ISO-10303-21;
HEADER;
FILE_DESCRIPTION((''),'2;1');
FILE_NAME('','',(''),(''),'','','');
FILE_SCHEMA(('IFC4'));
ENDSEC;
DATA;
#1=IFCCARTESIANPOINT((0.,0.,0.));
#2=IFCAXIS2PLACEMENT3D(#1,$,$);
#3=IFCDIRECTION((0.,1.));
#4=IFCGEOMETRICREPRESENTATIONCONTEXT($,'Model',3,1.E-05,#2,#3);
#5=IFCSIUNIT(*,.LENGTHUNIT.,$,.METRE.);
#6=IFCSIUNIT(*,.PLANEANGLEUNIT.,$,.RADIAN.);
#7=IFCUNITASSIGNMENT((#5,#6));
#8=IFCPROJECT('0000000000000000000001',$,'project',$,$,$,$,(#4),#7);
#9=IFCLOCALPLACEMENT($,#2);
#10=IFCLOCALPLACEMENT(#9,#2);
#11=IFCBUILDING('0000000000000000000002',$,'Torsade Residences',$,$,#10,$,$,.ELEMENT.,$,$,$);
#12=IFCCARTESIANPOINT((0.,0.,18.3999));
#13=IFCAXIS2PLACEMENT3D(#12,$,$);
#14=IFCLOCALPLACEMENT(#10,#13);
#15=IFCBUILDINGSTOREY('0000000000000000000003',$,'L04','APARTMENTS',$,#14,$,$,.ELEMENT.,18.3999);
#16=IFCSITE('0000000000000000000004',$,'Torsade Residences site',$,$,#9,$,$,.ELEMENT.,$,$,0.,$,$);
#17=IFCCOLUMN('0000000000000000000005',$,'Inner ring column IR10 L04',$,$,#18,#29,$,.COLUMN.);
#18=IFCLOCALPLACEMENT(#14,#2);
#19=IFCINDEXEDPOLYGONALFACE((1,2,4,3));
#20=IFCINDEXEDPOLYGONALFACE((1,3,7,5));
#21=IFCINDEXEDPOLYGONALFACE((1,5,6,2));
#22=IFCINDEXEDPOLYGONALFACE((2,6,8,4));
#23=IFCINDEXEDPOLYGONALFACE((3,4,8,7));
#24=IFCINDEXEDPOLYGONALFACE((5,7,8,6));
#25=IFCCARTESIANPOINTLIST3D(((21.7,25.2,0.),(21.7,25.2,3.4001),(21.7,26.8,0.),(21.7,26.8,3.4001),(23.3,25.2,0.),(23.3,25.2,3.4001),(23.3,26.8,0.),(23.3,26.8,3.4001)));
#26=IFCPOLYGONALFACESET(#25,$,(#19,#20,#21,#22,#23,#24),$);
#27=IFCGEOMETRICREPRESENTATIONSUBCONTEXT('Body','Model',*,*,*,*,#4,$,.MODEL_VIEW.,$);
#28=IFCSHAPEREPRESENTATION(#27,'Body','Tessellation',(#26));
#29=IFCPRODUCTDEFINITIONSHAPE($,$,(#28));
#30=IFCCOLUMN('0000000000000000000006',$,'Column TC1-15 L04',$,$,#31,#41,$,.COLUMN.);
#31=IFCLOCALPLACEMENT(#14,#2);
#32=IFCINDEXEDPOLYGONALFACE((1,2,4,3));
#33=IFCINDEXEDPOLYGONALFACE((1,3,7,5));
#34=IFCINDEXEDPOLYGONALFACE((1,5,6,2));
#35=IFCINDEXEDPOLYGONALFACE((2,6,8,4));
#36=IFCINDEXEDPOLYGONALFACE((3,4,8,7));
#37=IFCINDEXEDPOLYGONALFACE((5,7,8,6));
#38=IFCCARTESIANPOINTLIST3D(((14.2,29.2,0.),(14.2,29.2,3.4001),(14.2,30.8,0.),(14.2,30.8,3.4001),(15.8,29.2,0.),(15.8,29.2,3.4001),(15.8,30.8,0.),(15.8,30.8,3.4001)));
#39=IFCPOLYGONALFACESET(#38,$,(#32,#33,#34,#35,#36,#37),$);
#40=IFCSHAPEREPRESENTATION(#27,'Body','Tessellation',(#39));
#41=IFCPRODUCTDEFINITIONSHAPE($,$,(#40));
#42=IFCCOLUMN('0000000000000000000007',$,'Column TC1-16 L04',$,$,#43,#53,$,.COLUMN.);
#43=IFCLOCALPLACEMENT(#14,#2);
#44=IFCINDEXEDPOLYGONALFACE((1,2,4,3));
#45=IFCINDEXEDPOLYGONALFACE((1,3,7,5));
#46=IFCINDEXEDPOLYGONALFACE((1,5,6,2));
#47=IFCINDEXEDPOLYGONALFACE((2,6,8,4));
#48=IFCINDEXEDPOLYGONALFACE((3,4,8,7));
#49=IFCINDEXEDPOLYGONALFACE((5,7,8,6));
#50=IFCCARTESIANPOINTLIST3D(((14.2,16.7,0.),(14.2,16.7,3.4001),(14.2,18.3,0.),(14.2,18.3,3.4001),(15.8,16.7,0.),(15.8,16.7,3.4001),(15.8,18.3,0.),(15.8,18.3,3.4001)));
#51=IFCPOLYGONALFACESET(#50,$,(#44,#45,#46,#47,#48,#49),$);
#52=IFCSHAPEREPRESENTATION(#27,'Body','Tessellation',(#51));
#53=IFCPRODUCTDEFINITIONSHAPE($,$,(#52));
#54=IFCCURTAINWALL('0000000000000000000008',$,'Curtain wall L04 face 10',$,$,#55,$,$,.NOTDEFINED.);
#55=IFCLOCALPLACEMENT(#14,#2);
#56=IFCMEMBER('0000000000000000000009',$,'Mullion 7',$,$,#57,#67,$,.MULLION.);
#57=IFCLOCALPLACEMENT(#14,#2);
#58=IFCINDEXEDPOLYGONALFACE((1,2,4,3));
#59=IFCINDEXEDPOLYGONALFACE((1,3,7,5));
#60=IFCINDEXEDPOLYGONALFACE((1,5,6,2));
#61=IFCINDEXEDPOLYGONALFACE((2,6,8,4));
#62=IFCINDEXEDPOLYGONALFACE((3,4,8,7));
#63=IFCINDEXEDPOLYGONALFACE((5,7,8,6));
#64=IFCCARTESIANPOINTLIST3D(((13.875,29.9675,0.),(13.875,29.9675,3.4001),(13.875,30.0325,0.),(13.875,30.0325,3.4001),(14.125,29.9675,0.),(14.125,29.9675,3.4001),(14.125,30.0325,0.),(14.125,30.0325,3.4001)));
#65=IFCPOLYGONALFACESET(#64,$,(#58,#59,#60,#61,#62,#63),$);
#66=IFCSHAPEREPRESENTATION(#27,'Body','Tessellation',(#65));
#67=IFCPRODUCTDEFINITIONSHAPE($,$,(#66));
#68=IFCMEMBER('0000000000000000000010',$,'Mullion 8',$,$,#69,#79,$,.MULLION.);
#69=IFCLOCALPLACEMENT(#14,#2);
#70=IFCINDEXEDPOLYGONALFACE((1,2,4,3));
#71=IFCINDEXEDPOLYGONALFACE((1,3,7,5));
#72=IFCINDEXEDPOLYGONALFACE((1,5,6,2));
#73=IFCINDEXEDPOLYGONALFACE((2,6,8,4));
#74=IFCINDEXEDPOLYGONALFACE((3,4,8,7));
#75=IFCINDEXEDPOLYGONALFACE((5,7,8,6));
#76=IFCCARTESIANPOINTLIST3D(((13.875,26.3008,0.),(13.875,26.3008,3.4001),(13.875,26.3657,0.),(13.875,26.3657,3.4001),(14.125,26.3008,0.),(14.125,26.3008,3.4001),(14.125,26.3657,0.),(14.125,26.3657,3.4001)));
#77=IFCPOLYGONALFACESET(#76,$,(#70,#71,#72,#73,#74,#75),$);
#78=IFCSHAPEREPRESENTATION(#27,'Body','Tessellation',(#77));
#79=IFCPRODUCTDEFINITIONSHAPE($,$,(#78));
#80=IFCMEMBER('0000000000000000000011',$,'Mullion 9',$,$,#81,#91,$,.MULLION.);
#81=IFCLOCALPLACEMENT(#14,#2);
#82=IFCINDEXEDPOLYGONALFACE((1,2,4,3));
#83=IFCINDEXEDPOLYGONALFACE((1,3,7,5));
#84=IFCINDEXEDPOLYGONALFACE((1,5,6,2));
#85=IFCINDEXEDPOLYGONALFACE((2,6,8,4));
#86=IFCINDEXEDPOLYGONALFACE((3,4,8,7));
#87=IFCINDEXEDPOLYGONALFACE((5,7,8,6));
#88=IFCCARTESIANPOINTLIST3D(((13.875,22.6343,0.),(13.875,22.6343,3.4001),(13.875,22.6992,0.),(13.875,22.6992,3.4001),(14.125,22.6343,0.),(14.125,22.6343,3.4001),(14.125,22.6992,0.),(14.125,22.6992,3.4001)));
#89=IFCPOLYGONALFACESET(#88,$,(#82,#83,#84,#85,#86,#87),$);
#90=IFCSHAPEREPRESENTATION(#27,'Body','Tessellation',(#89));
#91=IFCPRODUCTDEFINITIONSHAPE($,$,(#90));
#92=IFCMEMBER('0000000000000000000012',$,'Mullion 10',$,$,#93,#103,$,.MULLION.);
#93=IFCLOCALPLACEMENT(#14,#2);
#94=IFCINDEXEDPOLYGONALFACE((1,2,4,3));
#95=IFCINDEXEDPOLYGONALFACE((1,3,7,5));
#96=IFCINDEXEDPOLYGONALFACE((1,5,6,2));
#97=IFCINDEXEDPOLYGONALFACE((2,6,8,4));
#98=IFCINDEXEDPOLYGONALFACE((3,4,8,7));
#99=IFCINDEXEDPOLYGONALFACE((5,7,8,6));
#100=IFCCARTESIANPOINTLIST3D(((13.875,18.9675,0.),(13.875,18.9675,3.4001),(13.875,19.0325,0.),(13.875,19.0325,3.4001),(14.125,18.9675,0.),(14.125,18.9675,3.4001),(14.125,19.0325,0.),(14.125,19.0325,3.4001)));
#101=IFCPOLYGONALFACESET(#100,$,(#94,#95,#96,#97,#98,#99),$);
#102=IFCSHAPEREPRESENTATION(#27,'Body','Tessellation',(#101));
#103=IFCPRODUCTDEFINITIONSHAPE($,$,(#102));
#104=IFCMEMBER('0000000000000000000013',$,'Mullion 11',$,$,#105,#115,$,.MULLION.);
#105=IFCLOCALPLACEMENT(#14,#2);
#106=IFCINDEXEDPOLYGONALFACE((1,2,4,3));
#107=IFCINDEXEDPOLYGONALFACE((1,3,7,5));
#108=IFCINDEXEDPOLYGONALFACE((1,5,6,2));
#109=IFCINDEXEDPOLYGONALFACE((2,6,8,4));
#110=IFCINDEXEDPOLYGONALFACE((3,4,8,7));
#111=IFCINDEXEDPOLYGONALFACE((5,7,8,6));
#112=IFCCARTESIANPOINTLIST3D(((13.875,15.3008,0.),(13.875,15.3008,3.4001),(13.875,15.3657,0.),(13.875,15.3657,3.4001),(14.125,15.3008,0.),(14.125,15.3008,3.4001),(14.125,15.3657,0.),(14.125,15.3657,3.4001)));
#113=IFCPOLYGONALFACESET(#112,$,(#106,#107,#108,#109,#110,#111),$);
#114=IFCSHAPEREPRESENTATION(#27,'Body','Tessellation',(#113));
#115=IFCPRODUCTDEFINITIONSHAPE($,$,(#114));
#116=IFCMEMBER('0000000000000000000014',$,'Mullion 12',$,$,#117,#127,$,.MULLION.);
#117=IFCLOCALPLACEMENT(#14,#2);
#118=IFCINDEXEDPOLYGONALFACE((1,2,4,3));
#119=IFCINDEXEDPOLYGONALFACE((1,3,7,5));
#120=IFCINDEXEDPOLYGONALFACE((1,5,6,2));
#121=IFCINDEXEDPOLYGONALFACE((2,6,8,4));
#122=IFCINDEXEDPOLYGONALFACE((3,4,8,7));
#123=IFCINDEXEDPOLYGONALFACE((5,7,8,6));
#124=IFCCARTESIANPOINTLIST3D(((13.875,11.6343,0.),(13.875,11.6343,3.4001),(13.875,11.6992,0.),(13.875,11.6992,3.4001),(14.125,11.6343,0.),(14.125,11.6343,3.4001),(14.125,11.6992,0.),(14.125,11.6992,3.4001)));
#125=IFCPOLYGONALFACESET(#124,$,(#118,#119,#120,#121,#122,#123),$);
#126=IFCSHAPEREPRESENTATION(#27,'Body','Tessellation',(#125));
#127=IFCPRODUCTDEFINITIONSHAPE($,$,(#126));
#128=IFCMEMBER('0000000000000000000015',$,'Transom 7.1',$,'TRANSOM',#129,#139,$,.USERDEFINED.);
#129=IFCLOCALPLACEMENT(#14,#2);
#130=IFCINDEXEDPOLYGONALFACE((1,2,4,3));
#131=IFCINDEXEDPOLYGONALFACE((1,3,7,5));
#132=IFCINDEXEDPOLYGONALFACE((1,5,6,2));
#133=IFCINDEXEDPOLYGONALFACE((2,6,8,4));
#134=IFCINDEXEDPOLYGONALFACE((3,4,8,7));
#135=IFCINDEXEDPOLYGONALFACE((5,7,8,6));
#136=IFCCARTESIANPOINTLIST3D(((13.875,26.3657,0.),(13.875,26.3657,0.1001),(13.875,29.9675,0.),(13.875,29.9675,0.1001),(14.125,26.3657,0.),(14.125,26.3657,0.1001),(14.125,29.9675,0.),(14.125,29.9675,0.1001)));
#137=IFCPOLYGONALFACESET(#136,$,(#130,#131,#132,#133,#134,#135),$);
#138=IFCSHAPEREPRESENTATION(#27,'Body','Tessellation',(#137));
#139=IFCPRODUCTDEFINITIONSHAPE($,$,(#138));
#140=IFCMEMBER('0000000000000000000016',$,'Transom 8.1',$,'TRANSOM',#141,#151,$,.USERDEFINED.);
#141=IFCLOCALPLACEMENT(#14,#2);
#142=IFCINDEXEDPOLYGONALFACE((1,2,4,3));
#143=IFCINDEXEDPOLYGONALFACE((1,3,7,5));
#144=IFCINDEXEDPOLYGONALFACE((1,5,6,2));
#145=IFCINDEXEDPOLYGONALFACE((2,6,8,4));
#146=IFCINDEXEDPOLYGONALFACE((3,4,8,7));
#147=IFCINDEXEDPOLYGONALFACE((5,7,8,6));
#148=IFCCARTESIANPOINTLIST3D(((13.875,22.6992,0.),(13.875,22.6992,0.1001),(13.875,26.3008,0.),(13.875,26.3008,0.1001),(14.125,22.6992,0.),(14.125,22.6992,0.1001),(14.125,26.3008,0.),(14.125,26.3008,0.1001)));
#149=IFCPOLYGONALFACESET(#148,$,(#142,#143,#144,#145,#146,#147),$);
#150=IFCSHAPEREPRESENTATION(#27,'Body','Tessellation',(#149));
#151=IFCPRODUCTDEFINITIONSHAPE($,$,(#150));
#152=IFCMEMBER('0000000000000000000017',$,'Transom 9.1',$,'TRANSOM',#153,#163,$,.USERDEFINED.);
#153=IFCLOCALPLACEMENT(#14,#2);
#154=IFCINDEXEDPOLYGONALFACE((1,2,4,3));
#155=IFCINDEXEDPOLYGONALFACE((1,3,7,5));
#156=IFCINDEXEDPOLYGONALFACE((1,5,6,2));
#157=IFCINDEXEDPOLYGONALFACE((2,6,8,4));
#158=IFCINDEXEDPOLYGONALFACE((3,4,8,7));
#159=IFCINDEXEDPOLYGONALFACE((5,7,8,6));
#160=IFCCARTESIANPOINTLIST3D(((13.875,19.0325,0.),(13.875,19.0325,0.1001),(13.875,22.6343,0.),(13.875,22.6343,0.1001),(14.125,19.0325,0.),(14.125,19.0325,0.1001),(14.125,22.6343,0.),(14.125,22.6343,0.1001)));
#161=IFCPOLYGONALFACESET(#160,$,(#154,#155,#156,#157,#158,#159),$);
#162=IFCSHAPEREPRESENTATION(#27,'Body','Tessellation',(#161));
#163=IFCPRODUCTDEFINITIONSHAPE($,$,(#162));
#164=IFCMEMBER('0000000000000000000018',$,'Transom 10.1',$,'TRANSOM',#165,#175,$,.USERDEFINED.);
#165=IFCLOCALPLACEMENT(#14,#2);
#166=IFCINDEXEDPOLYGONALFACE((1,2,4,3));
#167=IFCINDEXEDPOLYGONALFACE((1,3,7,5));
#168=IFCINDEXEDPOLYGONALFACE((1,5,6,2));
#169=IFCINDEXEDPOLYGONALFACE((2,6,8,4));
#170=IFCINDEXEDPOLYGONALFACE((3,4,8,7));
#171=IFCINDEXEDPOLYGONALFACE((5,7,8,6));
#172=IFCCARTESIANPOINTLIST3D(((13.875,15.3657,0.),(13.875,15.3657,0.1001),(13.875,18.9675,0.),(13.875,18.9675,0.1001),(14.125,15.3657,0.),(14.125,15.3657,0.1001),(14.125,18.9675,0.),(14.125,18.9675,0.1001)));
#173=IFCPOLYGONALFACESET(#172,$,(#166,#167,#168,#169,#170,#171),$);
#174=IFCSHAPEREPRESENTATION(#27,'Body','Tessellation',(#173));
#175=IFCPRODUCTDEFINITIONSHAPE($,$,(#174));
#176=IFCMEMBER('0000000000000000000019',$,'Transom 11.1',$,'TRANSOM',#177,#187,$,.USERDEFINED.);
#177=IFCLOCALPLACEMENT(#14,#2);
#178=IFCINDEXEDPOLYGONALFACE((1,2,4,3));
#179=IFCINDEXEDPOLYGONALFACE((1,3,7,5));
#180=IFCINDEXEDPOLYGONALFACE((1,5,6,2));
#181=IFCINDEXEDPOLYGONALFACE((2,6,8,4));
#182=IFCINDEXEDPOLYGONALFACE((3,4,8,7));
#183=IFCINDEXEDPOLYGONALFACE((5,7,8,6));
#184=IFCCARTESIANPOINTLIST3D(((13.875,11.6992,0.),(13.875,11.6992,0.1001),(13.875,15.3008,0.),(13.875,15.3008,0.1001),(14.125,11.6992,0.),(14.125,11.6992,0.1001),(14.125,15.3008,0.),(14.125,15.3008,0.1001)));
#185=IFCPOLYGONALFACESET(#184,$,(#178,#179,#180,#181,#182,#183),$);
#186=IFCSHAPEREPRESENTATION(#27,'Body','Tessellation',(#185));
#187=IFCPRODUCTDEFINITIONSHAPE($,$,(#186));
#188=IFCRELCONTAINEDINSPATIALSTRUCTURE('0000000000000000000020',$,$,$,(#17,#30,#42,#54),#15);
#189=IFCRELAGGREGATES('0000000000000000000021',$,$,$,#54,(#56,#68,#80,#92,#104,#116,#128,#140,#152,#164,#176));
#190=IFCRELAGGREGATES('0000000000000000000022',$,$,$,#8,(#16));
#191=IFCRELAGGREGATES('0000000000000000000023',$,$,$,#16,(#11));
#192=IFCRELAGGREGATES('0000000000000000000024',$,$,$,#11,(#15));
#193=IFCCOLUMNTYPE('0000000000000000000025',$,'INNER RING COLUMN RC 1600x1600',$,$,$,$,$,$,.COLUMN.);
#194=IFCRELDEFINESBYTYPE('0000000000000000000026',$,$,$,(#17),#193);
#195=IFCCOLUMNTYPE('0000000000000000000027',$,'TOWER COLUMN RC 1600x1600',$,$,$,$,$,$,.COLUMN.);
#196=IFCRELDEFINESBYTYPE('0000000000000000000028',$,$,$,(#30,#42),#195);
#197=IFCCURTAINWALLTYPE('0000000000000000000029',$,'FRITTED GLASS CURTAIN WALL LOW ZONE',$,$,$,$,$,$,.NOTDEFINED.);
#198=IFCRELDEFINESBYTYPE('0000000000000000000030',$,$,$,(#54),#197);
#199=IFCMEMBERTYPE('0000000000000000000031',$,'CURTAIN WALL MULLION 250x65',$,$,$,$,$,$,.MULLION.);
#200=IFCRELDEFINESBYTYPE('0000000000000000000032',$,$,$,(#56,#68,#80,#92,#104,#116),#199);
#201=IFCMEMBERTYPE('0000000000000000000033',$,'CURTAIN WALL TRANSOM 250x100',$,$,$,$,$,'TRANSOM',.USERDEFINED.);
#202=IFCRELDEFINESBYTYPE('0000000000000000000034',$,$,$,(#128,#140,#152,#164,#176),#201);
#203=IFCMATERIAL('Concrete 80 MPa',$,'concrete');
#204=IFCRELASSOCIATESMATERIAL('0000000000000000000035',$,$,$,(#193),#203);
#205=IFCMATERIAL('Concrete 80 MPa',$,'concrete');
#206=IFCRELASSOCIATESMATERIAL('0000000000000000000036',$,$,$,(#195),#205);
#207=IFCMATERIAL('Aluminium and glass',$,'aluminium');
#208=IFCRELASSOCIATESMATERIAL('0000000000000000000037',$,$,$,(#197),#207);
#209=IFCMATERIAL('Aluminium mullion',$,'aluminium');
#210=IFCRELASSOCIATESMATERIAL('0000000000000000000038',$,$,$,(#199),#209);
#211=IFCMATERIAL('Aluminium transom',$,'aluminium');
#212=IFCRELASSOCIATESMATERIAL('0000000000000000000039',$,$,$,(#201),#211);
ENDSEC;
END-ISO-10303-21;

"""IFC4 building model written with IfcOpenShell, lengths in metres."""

from ifc_helpers import new_model, si_unit, direction, frame, origin, origin_2d, place, context, subcontext, project, spatial, rectangle, extrude, material, material_profile, profile_set, type_object, element, aggregate, save


model = new_model("IFC4")

# Units and contexts
model_context = context("Model", 3, precision=1e-05, world=origin(), true_north=direction((0.0, 1.0)))
body_context = subcontext(model_context, "Body", "Model", "MODEL_VIEW")
ifc_project = project(units=[si_unit("LENGTHUNIT", "METRE"), si_unit("PLANEANGLEUNIT", "RADIAN")], contexts=[model_context])

# Site, building, storey
site_placement = place(None, origin())
site = spatial("IfcSite", under=ifc_project, at=site_placement, Name="Torsade Residences site", CompositionType="ELEMENT", RefElevation=0.0)
building_placement = place(site_placement, origin())
building = spatial("IfcBuilding", under=site, at=building_placement, Name="Torsade Residences", CompositionType="ELEMENT")
storey_placement = place(building_placement, frame((0.0, 0.0, 18.3999)))
storey = spatial("IfcBuildingStorey", under=building, at=storey_placement, Name="L04", Description="APARTMENTS", CompositionType="ELEMENT", Elevation=18.3999)

# Columns
ifc_material_1 = material(Name="Concrete 80 MPa", Category="concrete")
ifc_material_profile_1 = material_profile(ifc_material_1, rectangle(XDim=1.6001, YDim=1.6001, at=origin_2d()), Name="RC 1600x1600")
ifc_profile_set_1 = profile_set([ifc_material_profile_1], Name="Concrete 80 MPa")
column_type_1 = type_object("IfcColumnType", Name="INNER RING COLUMN RC 1600x1600", PredefinedType="COLUMN", material=ifc_profile_set_1)
column_placement = place(storey_placement, frame((22.5, 26.0, 0.0), z_axis=(0.0, 0.0, 1.0), x_axis=(1.0, 0.0, 0.0)))
element("IfcColumn", 1, at=column_placement, inside=storey, type_object=column_type_1, Name="Inner ring column IR10 L04", PredefinedType="COLUMN", context=body_context, shape_type="SweptSolid", body=[
    extrude(rectangle(XDim=1.6001, YDim=1.6001, at=origin_2d()), origin(), (0.0, 0.0, 1.0), 3.4001),
])
ifc_material_2 = material(Name="Concrete 80 MPa", Category="concrete")
ifc_material_profile_2 = material_profile(ifc_material_2, rectangle(XDim=1.6001, YDim=1.6001, at=origin_2d()), Name="RC 1600x1600")
ifc_profile_set_2 = profile_set([ifc_material_profile_2], Name="Concrete 80 MPa")
column_type_2 = type_object("IfcColumnType", Name="TOWER COLUMN RC 1600x1600", PredefinedType="COLUMN", material=ifc_profile_set_2)
for number, where, z_axis, x_axis, name in (
    (2, (15.0, 30.0, 0.0), (0.0, 0.0, 1.0), (1.0, 0.0, 0.0), "Column TC1-15 L04"),
    (3, (15.0, 17.5, 0.0), (0.0, 0.0, 1.0), (1.0, 0.0, 0.0), "Column TC1-16 L04"),
):
    element("IfcColumn", number, at=place(storey_placement, frame(where, z_axis=z_axis, x_axis=x_axis)), inside=storey, type_object=column_type_2, Name=name, PredefinedType="COLUMN", context=body_context, shape_type="SweptSolid", body=[
        extrude(rectangle(XDim=1.6001, YDim=1.6001, at=origin_2d()), origin(), (0.0, 0.0, 1.0), 3.4001),
    ])

# Curtain wall, members
ifc_material_3 = material(Name="Aluminium and glass", Category="aluminium")
curtain_wall_type = type_object("IfcCurtainWallType", Name="FRITTED GLASS CURTAIN WALL LOW ZONE", PredefinedType="NOTDEFINED", material=ifc_material_3)
curtain_wall_placement = place(storey_placement, origin())
curtain_wall = element("IfcCurtainWall", 4, at=curtain_wall_placement, inside=storey, type_object=curtain_wall_type, Name="Curtain wall L04 face 10", PredefinedType="NOTDEFINED")
ifc_material_4 = material(Name="Aluminium mullion", Category="aluminium")
ifc_material_profile_3 = material_profile(ifc_material_4, rectangle(XDim=0.25, YDim=0.0649, at=origin_2d()), Name="CURTAIN WALL MULLION 250x65")
ifc_profile_set_3 = profile_set([ifc_material_profile_3], Name="Aluminium mullion")
member_type_1 = type_object("IfcMemberType", Name="CURTAIN WALL MULLION 250x65", PredefinedType="MULLION", material=ifc_profile_set_3)
member_1_placement = place(storey_placement, frame((14.0, 30.0, 0.0), z_axis=(0.0, 0.0, 1.0), x_axis=(1.0, 0.0, 0.0)))
member_1 = element("IfcMember", 5, at=member_1_placement, type_object=member_type_1, Name="Mullion 7", PredefinedType="MULLION", context=body_context, shape_type="SweptSolid", body=[
    extrude(rectangle(XDim=0.25, YDim=0.0649, at=origin_2d()), origin(), (0.0, 0.0, 1.0), 3.4001),
])
member_2_placement = place(storey_placement, frame((14.0, 26.3333, 0.0), z_axis=(0.0, 0.0, 1.0), x_axis=(1.0, 0.0, 0.0)))
member_2 = element("IfcMember", 6, at=member_2_placement, type_object=member_type_1, Name="Mullion 8", PredefinedType="MULLION", context=body_context, shape_type="SweptSolid", body=[
    extrude(rectangle(XDim=0.25, YDim=0.0649, at=origin_2d()), origin(), (0.0, 0.0, 1.0), 3.4001),
])
member_3_placement = place(storey_placement, frame((14.0, 22.6667, 0.0), z_axis=(0.0, 0.0, 1.0), x_axis=(1.0, 0.0, 0.0)))
member_3 = element("IfcMember", 7, at=member_3_placement, type_object=member_type_1, Name="Mullion 9", PredefinedType="MULLION", context=body_context, shape_type="SweptSolid", body=[
    extrude(rectangle(XDim=0.25, YDim=0.0649, at=origin_2d()), origin(), (0.0, 0.0, 1.0), 3.4001),
])
member_4_placement = place(storey_placement, frame((14.0, 19.0, 0.0), z_axis=(0.0, 0.0, 1.0), x_axis=(1.0, 0.0, 0.0)))
member_4 = element("IfcMember", 8, at=member_4_placement, type_object=member_type_1, Name="Mullion 10", PredefinedType="MULLION", context=body_context, shape_type="SweptSolid", body=[
    extrude(rectangle(XDim=0.25, YDim=0.0649, at=origin_2d()), origin(), (0.0, 0.0, 1.0), 3.4001),
])
member_5_placement = place(storey_placement, frame((14.0, 15.3333, 0.0), z_axis=(0.0, 0.0, 1.0), x_axis=(1.0, 0.0, 0.0)))
member_5 = element("IfcMember", 9, at=member_5_placement, type_object=member_type_1, Name="Mullion 11", PredefinedType="MULLION", context=body_context, shape_type="SweptSolid", body=[
    extrude(rectangle(XDim=0.25, YDim=0.0649, at=origin_2d()), origin(), (0.0, 0.0, 1.0), 3.4001),
])
member_6_placement = place(storey_placement, frame((14.0, 11.6667, 0.0), z_axis=(0.0, 0.0, 1.0), x_axis=(1.0, 0.0, 0.0)))
member_6 = element("IfcMember", 10, at=member_6_placement, type_object=member_type_1, Name="Mullion 12", PredefinedType="MULLION", context=body_context, shape_type="SweptSolid", body=[
    extrude(rectangle(XDim=0.25, YDim=0.0649, at=origin_2d()), origin(), (0.0, 0.0, 1.0), 3.4001),
])
ifc_material_5 = material(Name="Aluminium transom", Category="aluminium")
ifc_material_profile_4 = material_profile(ifc_material_5, rectangle(XDim=0.25, YDim=0.1001, at=origin_2d()), Name="CURTAIN WALL TRANSOM 250x100")
ifc_profile_set_4 = profile_set([ifc_material_profile_4], Name="Aluminium transom")
member_type_2 = type_object("IfcMemberType", Name="CURTAIN WALL TRANSOM 250x100", ElementType="TRANSOM", PredefinedType="USERDEFINED", material=ifc_profile_set_4)
member_7_placement = place(storey_placement, frame((14.0, 29.9675, 0.05), z_axis=(0.0, -1.0, 0.0), x_axis=(1.0, 0.0, 0.0)))
member_7 = element("IfcMember", 11, at=member_7_placement, type_object=member_type_2, Name="Transom 7.1", ObjectType="TRANSOM", PredefinedType="USERDEFINED", context=body_context, shape_type="SweptSolid", body=[
    extrude(rectangle(XDim=0.25, YDim=0.1001, at=origin_2d()), origin(), (0.0, 0.0, 1.0), 3.6018),
])
member_8_placement = place(storey_placement, frame((14.0, 26.3008, 0.05), z_axis=(0.0, -1.0, 0.0), x_axis=(1.0, 0.0, 0.0)))
member_8 = element("IfcMember", 12, at=member_8_placement, type_object=member_type_2, Name="Transom 8.1", ObjectType="TRANSOM", PredefinedType="USERDEFINED", context=body_context, shape_type="SweptSolid", body=[
    extrude(rectangle(XDim=0.25, YDim=0.1001, at=origin_2d()), origin(), (0.0, 0.0, 1.0), 3.6016),
])
member_9_placement = place(storey_placement, frame((14.0, 22.6343, 0.05), z_axis=(0.0, -1.0, 0.0), x_axis=(1.0, 0.0, 0.0)))
member_9 = element("IfcMember", 13, at=member_9_placement, type_object=member_type_2, Name="Transom 9.1", ObjectType="TRANSOM", PredefinedType="USERDEFINED", context=body_context, shape_type="SweptSolid", body=[
    extrude(rectangle(XDim=0.25, YDim=0.1001, at=origin_2d()), origin(), (0.0, 0.0, 1.0), 3.6018),
])
member_10_placement = place(storey_placement, frame((14.0, 18.9675, 0.05), z_axis=(0.0, -1.0, 0.0), x_axis=(1.0, 0.0, 0.0)))
member_10 = element("IfcMember", 14, at=member_10_placement, type_object=member_type_2, Name="Transom 10.1", ObjectType="TRANSOM", PredefinedType="USERDEFINED", context=body_context, shape_type="SweptSolid", body=[
    extrude(rectangle(XDim=0.25, YDim=0.1001, at=origin_2d()), origin(), (0.0, 0.0, 1.0), 3.6018),
])
member_11_placement = place(storey_placement, frame((14.0, 15.3008, 0.05), z_axis=(0.0, -1.0, 0.0), x_axis=(1.0, 0.0, 0.0)))
member_11 = element("IfcMember", 15, at=member_11_placement, type_object=member_type_2, Name="Transom 11.1", ObjectType="TRANSOM", PredefinedType="USERDEFINED", context=body_context, shape_type="SweptSolid", body=[
    extrude(rectangle(XDim=0.25, YDim=0.1001, at=origin_2d()), origin(), (0.0, 0.0, 1.0), 3.6016),
])

aggregate(curtain_wall, [member_1, member_2, member_3, member_4, member_5, member_6, member_7, member_8, member_9, member_10, member_11])

save(model, "model.ifc")
